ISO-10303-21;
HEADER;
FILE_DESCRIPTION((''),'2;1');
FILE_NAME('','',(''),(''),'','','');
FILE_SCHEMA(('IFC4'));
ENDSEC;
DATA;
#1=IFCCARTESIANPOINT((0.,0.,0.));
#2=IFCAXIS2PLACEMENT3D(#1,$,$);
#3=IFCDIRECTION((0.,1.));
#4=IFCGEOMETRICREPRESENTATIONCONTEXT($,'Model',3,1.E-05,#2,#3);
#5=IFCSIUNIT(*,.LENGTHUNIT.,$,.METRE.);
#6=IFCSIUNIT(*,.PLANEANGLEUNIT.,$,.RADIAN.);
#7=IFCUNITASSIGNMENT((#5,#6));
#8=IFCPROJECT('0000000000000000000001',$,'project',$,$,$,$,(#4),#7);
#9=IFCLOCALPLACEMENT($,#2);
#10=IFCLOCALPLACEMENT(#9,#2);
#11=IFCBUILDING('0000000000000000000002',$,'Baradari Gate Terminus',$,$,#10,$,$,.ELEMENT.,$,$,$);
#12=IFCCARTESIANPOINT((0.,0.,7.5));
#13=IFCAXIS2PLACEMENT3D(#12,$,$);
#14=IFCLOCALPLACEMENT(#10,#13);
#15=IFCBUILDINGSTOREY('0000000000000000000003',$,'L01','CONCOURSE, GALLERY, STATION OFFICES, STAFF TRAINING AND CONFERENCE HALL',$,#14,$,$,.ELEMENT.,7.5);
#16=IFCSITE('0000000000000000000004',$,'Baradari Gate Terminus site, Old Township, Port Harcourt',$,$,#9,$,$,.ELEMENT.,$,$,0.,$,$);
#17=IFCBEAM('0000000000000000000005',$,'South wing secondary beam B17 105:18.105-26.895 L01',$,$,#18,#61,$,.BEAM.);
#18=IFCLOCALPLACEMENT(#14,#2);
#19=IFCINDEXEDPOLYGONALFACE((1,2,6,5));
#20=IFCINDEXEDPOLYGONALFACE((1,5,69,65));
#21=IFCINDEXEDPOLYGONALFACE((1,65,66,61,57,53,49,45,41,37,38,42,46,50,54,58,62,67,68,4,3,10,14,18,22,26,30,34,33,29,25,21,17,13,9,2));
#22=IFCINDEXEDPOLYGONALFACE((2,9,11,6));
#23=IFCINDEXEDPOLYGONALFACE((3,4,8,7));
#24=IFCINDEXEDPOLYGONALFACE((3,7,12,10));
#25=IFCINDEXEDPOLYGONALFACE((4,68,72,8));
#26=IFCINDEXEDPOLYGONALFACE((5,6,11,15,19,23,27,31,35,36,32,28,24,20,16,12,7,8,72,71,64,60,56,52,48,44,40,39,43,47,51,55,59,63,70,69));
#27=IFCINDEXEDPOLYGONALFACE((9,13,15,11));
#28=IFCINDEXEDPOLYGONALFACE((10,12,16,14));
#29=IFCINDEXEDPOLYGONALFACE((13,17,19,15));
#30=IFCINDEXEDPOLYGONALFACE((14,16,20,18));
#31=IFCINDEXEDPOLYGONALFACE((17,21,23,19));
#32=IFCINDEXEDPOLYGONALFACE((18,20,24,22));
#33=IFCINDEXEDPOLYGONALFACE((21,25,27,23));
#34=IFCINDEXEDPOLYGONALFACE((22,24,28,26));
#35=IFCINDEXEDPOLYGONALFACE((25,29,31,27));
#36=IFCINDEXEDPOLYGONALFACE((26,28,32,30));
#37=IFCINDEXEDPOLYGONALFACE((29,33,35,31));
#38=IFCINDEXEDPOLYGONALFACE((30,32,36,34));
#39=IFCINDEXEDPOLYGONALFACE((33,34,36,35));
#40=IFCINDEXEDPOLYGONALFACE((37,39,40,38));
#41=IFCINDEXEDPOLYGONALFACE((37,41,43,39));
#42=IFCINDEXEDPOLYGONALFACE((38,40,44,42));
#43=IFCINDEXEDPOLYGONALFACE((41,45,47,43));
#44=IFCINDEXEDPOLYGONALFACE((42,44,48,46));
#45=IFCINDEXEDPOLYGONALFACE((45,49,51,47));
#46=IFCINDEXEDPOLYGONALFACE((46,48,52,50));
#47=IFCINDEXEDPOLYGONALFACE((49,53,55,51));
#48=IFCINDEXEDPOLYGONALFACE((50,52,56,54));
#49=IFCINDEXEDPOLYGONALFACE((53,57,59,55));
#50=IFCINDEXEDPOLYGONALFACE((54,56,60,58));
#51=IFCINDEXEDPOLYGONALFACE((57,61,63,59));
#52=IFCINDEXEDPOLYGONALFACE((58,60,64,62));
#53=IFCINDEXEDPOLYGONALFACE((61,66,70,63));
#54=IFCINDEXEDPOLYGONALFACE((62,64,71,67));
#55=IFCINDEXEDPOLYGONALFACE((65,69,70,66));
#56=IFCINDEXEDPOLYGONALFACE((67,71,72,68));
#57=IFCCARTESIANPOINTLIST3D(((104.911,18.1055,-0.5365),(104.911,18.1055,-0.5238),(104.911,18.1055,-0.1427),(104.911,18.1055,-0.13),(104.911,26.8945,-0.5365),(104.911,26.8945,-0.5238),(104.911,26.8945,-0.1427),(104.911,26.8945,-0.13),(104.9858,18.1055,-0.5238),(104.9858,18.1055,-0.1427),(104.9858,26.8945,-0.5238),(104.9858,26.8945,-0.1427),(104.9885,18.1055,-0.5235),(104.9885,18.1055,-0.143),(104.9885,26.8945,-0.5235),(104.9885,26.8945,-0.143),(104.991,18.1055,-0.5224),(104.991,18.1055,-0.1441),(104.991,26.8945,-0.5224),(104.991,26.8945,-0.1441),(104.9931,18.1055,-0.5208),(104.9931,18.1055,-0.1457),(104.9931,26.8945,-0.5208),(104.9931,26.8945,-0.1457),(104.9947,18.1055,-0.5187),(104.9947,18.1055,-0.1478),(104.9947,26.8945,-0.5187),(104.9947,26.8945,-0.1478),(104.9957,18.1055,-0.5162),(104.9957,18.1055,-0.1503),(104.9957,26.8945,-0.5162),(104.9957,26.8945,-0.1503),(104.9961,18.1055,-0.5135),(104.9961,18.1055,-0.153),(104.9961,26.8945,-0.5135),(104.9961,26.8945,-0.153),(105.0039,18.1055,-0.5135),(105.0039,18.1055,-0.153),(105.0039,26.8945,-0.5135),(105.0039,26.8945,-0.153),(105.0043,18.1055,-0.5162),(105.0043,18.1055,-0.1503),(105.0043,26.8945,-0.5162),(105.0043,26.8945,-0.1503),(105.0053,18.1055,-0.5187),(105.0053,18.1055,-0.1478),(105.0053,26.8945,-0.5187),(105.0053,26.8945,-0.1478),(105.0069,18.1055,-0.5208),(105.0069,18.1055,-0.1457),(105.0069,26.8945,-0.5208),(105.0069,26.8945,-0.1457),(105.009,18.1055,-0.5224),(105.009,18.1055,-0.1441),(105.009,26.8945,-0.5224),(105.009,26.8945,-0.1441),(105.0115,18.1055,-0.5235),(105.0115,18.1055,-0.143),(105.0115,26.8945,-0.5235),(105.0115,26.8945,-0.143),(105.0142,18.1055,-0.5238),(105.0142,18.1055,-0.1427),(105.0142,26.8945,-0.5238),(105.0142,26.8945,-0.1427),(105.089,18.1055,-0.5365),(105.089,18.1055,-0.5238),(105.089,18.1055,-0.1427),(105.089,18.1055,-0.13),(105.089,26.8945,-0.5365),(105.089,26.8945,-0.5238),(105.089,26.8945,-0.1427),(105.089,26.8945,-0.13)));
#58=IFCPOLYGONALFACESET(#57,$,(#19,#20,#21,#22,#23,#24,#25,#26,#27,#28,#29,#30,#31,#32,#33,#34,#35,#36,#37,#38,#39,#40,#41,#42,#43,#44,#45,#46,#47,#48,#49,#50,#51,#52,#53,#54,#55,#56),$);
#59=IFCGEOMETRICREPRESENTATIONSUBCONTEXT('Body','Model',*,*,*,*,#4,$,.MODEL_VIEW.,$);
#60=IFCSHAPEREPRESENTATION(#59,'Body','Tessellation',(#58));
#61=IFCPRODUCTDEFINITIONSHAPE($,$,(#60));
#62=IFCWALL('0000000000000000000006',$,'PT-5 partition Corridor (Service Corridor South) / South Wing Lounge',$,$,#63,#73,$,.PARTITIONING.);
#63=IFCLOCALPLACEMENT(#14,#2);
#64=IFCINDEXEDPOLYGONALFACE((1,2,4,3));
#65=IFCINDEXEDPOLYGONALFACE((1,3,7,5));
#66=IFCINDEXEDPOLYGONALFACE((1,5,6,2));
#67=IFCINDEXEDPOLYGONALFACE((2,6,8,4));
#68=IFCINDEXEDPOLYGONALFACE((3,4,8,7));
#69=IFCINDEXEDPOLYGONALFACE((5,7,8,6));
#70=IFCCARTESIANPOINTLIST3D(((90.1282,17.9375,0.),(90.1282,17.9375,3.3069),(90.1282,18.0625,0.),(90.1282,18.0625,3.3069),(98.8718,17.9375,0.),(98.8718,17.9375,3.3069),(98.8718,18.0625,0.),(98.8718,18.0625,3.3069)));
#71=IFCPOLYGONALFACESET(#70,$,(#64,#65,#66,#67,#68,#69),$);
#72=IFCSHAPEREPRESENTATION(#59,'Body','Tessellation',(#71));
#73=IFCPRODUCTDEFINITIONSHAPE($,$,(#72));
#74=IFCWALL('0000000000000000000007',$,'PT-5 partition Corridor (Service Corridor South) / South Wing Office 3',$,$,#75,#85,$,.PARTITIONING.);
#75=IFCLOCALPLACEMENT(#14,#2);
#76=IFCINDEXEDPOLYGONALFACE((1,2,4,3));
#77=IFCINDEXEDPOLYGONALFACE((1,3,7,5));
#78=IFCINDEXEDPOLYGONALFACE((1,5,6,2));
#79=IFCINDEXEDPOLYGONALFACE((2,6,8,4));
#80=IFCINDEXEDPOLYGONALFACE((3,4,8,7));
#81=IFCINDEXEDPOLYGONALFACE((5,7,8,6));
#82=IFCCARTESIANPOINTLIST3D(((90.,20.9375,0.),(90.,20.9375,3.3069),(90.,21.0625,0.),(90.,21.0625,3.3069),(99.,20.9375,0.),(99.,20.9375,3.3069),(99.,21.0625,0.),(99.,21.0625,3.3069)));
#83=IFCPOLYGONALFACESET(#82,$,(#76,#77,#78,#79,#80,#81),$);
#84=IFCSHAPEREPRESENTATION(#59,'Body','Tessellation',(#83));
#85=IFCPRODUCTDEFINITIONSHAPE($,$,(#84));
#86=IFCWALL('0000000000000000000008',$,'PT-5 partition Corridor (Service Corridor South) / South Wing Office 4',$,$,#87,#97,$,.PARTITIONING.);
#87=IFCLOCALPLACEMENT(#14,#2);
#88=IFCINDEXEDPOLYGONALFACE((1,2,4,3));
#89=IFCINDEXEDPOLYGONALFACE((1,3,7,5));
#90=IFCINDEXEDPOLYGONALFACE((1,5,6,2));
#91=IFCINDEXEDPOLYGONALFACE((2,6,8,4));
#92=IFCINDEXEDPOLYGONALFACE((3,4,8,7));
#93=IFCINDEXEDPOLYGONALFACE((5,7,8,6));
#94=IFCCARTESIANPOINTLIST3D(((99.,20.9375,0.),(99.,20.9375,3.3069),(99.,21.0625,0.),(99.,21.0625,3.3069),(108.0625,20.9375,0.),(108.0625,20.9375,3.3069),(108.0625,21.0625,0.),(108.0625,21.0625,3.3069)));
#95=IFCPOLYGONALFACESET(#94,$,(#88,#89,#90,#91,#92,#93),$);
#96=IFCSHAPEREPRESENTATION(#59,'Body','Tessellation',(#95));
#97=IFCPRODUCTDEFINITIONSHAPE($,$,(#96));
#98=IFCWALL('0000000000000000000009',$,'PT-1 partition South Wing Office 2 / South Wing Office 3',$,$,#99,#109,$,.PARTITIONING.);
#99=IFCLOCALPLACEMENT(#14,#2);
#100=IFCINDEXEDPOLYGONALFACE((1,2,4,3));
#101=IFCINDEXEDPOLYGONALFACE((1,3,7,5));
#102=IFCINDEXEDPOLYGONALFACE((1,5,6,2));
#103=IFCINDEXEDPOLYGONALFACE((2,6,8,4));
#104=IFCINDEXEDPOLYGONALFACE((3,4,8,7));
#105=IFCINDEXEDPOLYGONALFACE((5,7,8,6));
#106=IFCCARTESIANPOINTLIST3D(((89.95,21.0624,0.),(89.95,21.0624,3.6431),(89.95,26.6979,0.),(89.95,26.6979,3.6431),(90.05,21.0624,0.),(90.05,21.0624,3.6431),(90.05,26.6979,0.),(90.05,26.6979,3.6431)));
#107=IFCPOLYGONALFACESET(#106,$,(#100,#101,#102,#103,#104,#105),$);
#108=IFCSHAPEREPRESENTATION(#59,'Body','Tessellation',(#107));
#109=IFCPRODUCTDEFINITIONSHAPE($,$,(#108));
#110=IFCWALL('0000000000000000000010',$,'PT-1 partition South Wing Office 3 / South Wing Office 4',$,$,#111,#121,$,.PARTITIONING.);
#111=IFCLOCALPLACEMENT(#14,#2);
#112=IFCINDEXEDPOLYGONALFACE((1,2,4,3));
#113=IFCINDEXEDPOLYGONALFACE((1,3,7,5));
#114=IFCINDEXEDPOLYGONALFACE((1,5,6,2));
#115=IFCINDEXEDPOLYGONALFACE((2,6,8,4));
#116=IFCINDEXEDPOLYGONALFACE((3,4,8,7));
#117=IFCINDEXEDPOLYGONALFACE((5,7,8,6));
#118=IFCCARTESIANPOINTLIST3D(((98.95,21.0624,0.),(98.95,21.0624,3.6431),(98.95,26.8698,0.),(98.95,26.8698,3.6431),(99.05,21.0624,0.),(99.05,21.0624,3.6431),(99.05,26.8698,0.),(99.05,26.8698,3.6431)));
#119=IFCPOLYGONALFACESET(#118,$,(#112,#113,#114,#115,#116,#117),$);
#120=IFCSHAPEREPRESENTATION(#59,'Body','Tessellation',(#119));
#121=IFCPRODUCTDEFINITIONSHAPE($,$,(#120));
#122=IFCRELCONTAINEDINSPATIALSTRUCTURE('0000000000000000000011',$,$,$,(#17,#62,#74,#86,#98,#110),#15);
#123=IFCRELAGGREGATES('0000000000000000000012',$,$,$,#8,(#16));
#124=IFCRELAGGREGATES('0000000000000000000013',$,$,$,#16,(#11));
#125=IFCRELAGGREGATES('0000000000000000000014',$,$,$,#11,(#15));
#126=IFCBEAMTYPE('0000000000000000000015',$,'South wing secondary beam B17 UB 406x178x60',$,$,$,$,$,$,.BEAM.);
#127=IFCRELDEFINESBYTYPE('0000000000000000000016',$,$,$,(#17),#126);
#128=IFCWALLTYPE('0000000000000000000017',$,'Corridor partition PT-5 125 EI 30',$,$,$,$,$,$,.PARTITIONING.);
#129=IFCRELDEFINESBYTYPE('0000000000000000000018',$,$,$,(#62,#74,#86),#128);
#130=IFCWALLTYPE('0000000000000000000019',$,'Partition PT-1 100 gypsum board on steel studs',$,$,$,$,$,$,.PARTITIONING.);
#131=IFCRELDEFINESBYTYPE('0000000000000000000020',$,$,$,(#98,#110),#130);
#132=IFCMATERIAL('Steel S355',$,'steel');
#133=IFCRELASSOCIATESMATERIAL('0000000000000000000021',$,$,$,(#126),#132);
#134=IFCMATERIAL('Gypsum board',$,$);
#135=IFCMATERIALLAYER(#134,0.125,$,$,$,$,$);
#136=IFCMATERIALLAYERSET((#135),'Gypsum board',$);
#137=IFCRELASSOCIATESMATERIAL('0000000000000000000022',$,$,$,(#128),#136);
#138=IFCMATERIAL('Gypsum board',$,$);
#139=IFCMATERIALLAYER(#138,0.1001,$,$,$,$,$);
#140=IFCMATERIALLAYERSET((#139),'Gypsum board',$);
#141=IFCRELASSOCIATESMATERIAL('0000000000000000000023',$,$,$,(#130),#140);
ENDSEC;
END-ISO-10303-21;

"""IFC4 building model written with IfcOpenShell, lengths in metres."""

from ifc_helpers import new_model, si_unit, direction, frame, frame_2d, origin, origin_2d, place, context, subcontext, project, spatial, rectangle, i_section, extrude, material, layer, layer_set, material_profile, profile_set, type_object, element, save


model = new_model("IFC4")

# Units and contexts
model_context = context("Model", 3, precision=1e-05, world=origin(), true_north=direction((0.0, 1.0)))
body_context = subcontext(model_context, "Body", "Model", "MODEL_VIEW")
ifc_project = project(units=[si_unit("LENGTHUNIT", "METRE"), si_unit("PLANEANGLEUNIT", "RADIAN")], contexts=[model_context])

# Site, building, storey
site_placement = place(None, origin())
site = spatial("IfcSite", under=ifc_project, at=site_placement, Name="Baradari Gate Terminus site, Old Township, Port Harcourt", CompositionType="ELEMENT", RefElevation=0.0)
building_placement = place(site_placement, origin())
building = spatial("IfcBuilding", under=site, at=building_placement, Name="Baradari Gate Terminus", CompositionType="ELEMENT")
storey_placement = place(building_placement, frame((0.0, 0.0, 7.5)))
storey = spatial("IfcBuildingStorey", under=building, at=storey_placement, Name="L01", Description="CONCOURSE, GALLERY, STATION OFFICES, STAFF TRAINING AND CONFERENCE HALL", CompositionType="ELEMENT", Elevation=7.5)

# Beam
ifc_material_1 = material(Name="Steel S355", Category="steel")
ifc_material_profile_1 = material_profile(ifc_material_1, i_section(OverallWidth=0.178, OverallDepth=0.4065, WebThickness=0.0078, FlangeThickness=0.0127, FilletRadius=0.0103, at=origin_2d()), Name="UB 406x178x60")
ifc_profile_set_1 = profile_set([ifc_material_profile_1], Name="Steel S355")
beam_type_1 = type_object("IfcBeamType", Name="South wing secondary beam B17 UB 406x178x60", PredefinedType="BEAM", material=ifc_profile_set_1)
for number, where, z_axis, x_axis, name in (
    (1, (105.0, 18.1055, -0.3333), (0.0, 1.0, 0.0), (-1.0, 0.0, 0.0), "South wing secondary beam B17 105:18.105-26.895 L01"),
):
    element("IfcBeam", number, at=place(storey_placement, frame(where, z_axis=z_axis, x_axis=x_axis)), inside=storey, type_object=beam_type_1, Name=name, PredefinedType="BEAM", context=body_context, shape_type="SweptSolid", body=[
        extrude(i_section(OverallWidth=0.178, OverallDepth=0.4065, WebThickness=0.0078, FlangeThickness=0.0127, FilletRadius=0.0103, at=origin_2d()), origin(), (0.0, 0.0, 1.0), 8.7891),
    ])

# Walls
ifc_material_2 = material(Name="Gypsum board")
ifc_layer_1 = layer(ifc_material_2, 0.125)
ifc_layer_set_1 = layer_set([ifc_layer_1], Name="Gypsum board")
wall_type_1 = type_object("IfcWallType", Name="Corridor partition PT-5 125 EI 30", PredefinedType="PARTITIONING", material=ifc_layer_set_1)
wall_1_placement = place(storey_placement, frame((98.8718, 18.0, 0.0), z_axis=(0.0, 0.0, 1.0), x_axis=(-1.0, 0.0, 0.0)))
element("IfcWall", 2, at=wall_1_placement, inside=storey, type_object=wall_type_1, Name="PT-5 partition Corridor (Service Corridor South) / South Wing Lounge", PredefinedType="PARTITIONING", context=body_context, shape_type="SweptSolid", body=[
    extrude(rectangle(XDim=8.7437, YDim=0.125, at=frame_2d((4.3718, 0.0))), origin(), (0.0, 0.0, 1.0), 3.3069),
])
wall_2_placement = place(storey_placement, frame((90.0, 21.0, 0.0), z_axis=(0.0, 0.0, 1.0), x_axis=(1.0, 0.0, 0.0)))
element("IfcWall", 3, at=wall_2_placement, inside=storey, type_object=wall_type_1, Name="PT-5 partition Corridor (Service Corridor South) / South Wing Office 3", PredefinedType="PARTITIONING", context=body_context, shape_type="SweptSolid", body=[
    extrude(rectangle(XDim=9.0, YDim=0.125, at=frame_2d((4.5, 0.0))), origin(), (0.0, 0.0, 1.0), 3.3069),
])
wall_3_placement = place(storey_placement, frame((99.0, 21.0, 0.0), z_axis=(0.0, 0.0, 1.0), x_axis=(1.0, 0.0, 0.0)))
element("IfcWall", 4, at=wall_3_placement, inside=storey, type_object=wall_type_1, Name="PT-5 partition Corridor (Service Corridor South) / South Wing Office 4", PredefinedType="PARTITIONING", context=body_context, shape_type="SweptSolid", body=[
    extrude(rectangle(XDim=9.0625, YDim=0.125, at=frame_2d((4.5312, 0.0))), origin(), (0.0, 0.0, 1.0), 3.3069),
])
ifc_material_3 = material(Name="Gypsum board")
ifc_layer_2 = layer(ifc_material_3, 0.1001)
ifc_layer_set_2 = layer_set([ifc_layer_2], Name="Gypsum board")
wall_type_2 = type_object("IfcWallType", Name="Partition PT-1 100 gypsum board on steel studs", PredefinedType="PARTITIONING", material=ifc_layer_set_2)
wall_4_placement = place(storey_placement, frame((90.0, 26.698, 0.0), z_axis=(0.0, 0.0, 1.0), x_axis=(0.0, -1.0, 0.0)))
element("IfcWall", 5, at=wall_4_placement, inside=storey, type_object=wall_type_2, Name="PT-1 partition South Wing Office 2 / South Wing Office 3", PredefinedType="PARTITIONING", context=body_context, shape_type="SweptSolid", body=[
    extrude(rectangle(XDim=5.6355, YDim=0.1001, at=frame_2d((2.8179, 0.0))), origin(), (0.0, 0.0, 1.0), 3.6431),
])
wall_5_placement = place(storey_placement, frame((99.0, 26.8699, 0.0), z_axis=(0.0, 0.0, 1.0), x_axis=(0.0, -1.0, 0.0)))
element("IfcWall", 6, at=wall_5_placement, inside=storey, type_object=wall_type_2, Name="PT-1 partition South Wing Office 3 / South Wing Office 4", PredefinedType="PARTITIONING", context=body_context, shape_type="SweptSolid", body=[
    extrude(rectangle(XDim=5.8074, YDim=0.1001, at=frame_2d((2.9038, 0.0))), origin(), (0.0, 0.0, 1.0), 3.6431),
])

save(model, "model.ifc")
